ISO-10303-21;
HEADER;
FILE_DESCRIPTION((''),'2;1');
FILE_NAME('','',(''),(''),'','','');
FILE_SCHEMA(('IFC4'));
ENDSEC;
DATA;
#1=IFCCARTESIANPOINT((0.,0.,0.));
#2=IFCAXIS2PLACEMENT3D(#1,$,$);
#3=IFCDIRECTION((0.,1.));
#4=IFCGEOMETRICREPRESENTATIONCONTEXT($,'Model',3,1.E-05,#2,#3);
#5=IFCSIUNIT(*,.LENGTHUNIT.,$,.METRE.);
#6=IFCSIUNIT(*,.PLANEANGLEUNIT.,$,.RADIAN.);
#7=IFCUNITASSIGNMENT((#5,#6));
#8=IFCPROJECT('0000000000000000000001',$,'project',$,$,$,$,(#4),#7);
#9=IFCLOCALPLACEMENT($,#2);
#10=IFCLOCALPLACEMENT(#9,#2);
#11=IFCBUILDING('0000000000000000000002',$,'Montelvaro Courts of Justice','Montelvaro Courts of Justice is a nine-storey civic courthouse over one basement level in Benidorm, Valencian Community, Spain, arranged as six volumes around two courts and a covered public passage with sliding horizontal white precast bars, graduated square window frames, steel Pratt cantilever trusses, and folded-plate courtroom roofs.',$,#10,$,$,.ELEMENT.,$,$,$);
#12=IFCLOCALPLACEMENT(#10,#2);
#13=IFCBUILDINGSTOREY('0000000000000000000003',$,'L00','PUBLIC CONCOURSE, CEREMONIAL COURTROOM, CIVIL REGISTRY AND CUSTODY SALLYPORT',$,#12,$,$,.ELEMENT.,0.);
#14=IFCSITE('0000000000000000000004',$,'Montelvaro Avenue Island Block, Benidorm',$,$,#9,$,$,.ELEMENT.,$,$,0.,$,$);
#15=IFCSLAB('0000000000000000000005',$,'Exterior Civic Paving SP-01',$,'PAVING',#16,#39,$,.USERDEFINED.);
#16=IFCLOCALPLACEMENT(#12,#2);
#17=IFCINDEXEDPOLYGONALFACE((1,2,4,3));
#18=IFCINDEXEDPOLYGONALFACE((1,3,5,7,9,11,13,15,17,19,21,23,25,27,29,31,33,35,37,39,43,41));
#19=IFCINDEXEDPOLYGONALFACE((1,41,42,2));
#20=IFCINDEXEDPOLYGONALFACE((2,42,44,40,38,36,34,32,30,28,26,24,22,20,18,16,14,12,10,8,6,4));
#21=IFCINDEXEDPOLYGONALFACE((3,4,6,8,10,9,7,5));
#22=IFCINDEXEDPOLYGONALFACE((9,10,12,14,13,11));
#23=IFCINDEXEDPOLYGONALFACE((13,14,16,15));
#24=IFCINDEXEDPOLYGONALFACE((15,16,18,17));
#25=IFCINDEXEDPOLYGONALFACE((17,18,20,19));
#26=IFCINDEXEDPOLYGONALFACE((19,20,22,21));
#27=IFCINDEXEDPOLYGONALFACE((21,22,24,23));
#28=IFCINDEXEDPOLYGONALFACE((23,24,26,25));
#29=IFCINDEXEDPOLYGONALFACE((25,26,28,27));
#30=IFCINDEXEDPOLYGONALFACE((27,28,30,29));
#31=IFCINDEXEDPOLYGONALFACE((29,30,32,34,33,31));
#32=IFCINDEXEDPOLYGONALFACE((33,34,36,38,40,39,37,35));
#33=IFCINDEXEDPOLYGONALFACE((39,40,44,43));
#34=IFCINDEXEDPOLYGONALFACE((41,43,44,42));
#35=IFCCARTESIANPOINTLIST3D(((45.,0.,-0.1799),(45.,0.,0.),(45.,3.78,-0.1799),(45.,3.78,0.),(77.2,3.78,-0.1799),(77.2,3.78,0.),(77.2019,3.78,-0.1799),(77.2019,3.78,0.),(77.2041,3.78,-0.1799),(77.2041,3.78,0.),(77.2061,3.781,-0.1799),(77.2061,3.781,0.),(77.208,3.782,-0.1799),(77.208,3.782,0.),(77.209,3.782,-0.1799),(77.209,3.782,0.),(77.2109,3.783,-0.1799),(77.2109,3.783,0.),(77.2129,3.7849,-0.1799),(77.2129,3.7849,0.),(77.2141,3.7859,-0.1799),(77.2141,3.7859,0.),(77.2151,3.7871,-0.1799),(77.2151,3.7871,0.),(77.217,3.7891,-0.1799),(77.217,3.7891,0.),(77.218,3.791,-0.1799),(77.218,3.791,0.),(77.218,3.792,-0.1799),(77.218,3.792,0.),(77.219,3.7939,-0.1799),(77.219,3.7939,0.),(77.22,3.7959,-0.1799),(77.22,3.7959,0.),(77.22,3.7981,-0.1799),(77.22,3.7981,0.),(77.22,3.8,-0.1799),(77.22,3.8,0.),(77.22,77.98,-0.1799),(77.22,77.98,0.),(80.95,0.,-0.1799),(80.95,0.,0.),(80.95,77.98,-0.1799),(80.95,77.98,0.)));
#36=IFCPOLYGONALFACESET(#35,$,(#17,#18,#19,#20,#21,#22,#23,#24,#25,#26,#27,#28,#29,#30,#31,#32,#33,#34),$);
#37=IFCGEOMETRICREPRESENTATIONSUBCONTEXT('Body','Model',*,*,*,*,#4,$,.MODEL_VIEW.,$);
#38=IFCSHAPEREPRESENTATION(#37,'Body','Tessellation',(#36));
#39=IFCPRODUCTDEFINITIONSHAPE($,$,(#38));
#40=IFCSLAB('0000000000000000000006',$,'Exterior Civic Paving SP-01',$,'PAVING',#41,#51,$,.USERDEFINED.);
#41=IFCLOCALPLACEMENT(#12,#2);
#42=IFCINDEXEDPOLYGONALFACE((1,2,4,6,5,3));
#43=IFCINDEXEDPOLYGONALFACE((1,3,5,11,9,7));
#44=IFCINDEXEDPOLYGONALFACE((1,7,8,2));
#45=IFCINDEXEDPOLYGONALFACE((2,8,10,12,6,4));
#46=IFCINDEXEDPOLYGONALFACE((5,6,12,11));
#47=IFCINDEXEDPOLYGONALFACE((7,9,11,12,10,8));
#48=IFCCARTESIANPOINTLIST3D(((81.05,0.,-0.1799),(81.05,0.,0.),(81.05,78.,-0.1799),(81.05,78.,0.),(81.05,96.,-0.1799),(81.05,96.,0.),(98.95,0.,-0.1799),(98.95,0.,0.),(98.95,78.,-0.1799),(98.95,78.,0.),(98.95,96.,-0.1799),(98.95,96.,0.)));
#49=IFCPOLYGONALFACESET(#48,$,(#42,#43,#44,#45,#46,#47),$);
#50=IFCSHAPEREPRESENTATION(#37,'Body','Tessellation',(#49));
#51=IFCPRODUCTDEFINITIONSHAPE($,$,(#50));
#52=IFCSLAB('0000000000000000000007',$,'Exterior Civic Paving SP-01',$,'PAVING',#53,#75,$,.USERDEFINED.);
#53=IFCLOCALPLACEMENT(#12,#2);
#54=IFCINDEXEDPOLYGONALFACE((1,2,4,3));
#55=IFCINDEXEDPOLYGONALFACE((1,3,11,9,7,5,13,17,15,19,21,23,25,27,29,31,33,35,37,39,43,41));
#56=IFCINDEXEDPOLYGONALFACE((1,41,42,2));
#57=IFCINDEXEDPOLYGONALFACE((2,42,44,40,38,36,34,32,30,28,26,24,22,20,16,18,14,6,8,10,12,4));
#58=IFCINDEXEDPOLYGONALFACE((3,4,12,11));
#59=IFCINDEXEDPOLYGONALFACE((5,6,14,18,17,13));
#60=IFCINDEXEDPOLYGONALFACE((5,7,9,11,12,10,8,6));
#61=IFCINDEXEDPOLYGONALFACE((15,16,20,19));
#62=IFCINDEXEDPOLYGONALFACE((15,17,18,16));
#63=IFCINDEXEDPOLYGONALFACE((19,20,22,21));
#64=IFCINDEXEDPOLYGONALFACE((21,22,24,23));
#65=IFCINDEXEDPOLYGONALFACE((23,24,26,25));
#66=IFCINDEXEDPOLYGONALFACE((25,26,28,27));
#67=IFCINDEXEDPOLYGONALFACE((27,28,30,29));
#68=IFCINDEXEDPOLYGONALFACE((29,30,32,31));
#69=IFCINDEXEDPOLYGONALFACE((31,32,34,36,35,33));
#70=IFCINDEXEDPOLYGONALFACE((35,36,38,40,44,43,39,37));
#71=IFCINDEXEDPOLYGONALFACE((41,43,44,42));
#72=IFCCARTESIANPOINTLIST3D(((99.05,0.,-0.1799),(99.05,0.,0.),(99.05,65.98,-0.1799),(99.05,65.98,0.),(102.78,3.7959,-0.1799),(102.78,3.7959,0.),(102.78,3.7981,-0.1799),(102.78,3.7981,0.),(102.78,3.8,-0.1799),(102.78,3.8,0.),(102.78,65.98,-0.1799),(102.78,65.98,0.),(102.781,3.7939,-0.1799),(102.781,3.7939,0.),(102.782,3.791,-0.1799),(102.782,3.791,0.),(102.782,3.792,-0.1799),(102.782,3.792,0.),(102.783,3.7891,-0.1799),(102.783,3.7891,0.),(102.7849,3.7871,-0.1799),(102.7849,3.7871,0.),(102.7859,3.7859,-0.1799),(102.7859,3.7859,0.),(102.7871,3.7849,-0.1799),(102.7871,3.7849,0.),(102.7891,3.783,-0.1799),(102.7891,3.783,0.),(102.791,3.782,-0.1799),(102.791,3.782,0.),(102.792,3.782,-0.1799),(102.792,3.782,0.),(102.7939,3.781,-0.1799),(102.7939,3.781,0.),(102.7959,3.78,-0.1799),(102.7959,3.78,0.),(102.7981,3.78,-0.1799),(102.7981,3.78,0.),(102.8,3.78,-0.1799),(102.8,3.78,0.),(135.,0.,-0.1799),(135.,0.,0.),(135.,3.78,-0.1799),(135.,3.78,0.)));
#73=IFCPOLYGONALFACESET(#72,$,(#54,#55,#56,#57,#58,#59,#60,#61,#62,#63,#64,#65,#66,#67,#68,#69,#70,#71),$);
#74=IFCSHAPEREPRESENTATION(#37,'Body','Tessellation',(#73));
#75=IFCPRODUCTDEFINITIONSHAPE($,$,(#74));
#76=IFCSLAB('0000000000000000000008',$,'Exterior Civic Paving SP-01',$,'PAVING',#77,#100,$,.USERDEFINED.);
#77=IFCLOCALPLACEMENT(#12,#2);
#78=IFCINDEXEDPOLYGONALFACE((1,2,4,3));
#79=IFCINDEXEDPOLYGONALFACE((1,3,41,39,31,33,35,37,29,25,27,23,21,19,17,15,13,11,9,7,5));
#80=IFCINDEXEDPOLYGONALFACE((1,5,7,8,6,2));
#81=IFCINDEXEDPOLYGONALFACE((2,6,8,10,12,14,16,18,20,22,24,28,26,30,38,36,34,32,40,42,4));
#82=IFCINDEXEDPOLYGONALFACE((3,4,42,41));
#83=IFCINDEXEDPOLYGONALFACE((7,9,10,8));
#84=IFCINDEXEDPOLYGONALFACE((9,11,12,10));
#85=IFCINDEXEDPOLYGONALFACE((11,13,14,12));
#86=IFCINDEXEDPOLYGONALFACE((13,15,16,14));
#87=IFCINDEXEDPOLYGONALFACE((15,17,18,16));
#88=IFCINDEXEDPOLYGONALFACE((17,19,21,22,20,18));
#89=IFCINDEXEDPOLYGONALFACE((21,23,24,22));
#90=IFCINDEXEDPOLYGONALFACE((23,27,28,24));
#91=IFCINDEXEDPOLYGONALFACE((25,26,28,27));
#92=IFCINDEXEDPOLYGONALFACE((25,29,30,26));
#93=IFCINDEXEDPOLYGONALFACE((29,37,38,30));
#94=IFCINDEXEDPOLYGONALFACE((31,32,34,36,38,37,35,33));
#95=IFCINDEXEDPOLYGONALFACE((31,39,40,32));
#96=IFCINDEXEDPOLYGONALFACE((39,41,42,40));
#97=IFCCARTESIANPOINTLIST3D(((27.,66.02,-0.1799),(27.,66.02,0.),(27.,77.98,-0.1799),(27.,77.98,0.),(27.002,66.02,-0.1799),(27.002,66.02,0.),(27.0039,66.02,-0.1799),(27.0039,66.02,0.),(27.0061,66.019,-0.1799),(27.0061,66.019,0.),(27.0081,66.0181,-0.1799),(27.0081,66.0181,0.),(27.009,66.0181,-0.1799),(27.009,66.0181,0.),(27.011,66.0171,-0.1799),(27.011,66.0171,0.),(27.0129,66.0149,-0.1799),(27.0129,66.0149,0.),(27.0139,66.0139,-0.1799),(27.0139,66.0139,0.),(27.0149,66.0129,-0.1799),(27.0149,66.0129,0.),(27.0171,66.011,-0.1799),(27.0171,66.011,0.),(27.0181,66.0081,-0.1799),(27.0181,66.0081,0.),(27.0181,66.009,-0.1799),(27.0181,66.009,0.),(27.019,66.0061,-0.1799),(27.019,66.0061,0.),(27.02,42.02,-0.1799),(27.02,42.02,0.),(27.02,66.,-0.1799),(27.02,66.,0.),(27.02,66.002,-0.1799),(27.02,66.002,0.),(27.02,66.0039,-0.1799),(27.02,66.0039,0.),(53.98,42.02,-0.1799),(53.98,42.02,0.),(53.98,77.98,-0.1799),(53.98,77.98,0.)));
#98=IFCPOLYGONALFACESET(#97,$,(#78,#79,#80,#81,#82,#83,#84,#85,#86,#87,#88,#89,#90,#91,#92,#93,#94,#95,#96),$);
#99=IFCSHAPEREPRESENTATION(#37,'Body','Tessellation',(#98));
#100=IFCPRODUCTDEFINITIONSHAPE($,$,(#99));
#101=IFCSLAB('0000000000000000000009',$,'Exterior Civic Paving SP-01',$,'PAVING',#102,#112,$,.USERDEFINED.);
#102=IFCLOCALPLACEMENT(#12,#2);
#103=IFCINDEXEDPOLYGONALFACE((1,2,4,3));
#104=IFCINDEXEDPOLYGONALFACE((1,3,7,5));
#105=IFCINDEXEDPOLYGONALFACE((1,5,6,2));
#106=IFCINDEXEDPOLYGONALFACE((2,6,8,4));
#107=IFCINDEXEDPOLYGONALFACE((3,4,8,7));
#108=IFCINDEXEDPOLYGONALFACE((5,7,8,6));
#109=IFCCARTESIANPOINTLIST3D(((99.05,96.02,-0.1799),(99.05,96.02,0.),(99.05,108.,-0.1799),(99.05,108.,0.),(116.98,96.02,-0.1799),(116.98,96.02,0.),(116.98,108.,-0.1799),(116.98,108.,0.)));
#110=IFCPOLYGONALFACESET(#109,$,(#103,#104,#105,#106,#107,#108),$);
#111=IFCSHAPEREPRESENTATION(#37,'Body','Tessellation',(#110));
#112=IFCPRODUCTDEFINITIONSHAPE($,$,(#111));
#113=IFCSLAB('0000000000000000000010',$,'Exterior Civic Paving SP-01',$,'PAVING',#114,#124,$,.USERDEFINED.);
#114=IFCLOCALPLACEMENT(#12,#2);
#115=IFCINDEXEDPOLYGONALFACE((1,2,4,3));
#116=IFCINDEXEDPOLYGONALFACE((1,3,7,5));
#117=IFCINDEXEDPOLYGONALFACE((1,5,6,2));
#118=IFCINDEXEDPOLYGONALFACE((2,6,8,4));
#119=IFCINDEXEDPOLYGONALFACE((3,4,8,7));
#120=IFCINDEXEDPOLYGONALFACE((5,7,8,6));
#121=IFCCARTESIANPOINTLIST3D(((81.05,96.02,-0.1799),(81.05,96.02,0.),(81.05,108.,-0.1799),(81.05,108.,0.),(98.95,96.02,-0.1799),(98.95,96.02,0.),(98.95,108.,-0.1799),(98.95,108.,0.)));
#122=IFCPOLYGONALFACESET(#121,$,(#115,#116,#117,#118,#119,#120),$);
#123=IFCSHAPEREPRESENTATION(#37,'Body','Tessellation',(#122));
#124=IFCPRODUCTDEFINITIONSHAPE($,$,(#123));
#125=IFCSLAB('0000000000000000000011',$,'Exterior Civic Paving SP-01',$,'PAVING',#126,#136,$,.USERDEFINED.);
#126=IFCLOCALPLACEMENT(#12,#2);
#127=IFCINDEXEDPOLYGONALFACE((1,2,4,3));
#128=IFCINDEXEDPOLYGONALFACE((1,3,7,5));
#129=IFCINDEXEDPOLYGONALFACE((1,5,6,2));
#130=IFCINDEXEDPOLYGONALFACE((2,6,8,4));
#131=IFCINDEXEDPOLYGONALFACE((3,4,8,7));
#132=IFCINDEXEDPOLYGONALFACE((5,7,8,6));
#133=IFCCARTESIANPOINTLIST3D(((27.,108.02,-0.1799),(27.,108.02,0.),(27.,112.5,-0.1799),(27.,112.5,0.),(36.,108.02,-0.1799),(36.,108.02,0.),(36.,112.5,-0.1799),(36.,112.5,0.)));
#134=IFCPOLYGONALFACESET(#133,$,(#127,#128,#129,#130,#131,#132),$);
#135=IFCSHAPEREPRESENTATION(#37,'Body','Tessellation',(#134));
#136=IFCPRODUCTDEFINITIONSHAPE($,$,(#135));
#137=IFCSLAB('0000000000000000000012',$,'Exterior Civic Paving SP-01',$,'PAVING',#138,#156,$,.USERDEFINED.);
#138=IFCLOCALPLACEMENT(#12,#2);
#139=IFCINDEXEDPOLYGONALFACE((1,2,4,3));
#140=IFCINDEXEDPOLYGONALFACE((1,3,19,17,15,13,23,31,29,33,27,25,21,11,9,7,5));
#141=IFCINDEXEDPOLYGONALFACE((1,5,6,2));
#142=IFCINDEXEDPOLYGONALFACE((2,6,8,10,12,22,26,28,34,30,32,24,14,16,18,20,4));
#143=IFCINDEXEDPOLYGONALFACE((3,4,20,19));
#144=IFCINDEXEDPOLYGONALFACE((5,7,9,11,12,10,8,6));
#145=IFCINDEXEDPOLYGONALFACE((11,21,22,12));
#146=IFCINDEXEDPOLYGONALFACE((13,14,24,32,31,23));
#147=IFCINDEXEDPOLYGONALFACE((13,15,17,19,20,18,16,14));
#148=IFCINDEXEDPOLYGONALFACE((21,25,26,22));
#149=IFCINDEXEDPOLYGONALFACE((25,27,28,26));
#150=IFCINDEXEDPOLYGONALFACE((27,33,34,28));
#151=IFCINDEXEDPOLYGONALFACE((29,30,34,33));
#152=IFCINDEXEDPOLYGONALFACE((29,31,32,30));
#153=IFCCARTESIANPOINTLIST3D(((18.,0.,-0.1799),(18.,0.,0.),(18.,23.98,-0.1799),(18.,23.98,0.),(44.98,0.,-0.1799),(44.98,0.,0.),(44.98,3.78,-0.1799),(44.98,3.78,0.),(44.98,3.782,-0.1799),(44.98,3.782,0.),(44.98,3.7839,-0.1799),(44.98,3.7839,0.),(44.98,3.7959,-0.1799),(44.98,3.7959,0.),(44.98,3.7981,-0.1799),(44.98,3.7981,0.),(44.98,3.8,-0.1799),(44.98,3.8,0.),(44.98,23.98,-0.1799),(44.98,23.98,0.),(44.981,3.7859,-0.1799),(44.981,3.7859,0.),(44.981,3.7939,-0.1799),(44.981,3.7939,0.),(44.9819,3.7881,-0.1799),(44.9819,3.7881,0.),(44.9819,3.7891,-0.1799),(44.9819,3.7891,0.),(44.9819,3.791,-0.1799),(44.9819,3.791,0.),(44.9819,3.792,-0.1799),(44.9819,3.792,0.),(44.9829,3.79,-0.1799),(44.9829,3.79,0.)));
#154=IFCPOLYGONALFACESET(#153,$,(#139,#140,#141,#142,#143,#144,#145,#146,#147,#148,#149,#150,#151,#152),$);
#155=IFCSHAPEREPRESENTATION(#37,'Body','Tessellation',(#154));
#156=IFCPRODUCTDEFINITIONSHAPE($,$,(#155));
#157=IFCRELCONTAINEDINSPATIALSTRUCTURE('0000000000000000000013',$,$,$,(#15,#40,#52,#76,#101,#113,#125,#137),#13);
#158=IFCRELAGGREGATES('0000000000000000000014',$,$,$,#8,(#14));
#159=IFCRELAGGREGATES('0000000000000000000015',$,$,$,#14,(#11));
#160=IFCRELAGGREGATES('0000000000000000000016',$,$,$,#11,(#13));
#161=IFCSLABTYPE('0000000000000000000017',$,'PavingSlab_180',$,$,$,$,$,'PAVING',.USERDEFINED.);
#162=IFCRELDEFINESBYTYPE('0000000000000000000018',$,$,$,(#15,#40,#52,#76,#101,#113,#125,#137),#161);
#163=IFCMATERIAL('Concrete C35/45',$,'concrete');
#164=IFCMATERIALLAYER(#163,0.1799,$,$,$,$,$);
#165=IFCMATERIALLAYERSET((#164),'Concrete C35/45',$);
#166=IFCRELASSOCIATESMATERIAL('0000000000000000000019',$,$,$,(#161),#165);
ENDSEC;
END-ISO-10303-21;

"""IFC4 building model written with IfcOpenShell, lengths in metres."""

from ifc_helpers import new_model, si_unit, direction, frame, origin, place, context, subcontext, project, spatial, polyline, outline, extrude, material, layer, layer_set, type_object, element, save


model = new_model("IFC4")

# Units and contexts
model_context = context("Model", 3, precision=1e-05, world=origin(), true_north=direction((0.0, 1.0)))
body_context = subcontext(model_context, "Body", "Model", "MODEL_VIEW")
ifc_project = project(units=[si_unit("LENGTHUNIT", "METRE"), si_unit("PLANEANGLEUNIT", "RADIAN")], contexts=[model_context])

# Site, building, storey
site_placement = place(None, origin())
site = spatial("IfcSite", under=ifc_project, at=site_placement, Name="Montelvaro Avenue Island Block, Benidorm", CompositionType="ELEMENT", RefElevation=0.0)
building_placement = place(site_placement, origin())
building = spatial("IfcBuilding", under=site, at=building_placement, Name="Montelvaro Courts of Justice", Description="Montelvaro Courts of Justice is a nine-storey civic courthouse over one basement level in Benidorm, Valencian Community, Spain, arranged as six volumes around two courts and a covered public passage with sliding horizontal white precast bars, graduated square window frames, steel Pratt cantilever trusses, and folded-plate courtroom roofs.", CompositionType="ELEMENT")
storey_placement = place(building_placement, origin())
storey = spatial("IfcBuildingStorey", under=building, at=storey_placement, Name="L00", Description="PUBLIC CONCOURSE, CEREMONIAL COURTROOM, CIVIL REGISTRY AND CUSTODY SALLYPORT", CompositionType="ELEMENT", Elevation=0.0)

# Slabs
ifc_material_1 = material(Name="Concrete C35/45", Category="concrete")
ifc_layer_1 = layer(ifc_material_1, 0.1799)
ifc_layer_set_1 = layer_set([ifc_layer_1], Name="Concrete C35/45")
slab_type_1 = type_object("IfcSlabType", Name="PavingSlab_180", ElementType="PAVING", PredefinedType="USERDEFINED", material=ifc_layer_set_1)
slab_1_placement = place(storey_placement, frame((0.0, 0.0, -0.1799)))
element("IfcSlab", 1, at=slab_1_placement, inside=storey, type_object=slab_type_1, Name="Exterior Civic Paving SP-01", ObjectType="PAVING", PredefinedType="USERDEFINED", context=body_context, shape_type="SweptSolid", body=[
    extrude(outline(polyline([(45.0, 0.0), (45.0, 3.78), (77.2, 3.78), (77.2019, 3.78), (77.2041, 3.78), (77.2061, 3.781), (77.208, 3.782), (77.209, 3.782), (77.2109, 3.783), (77.2129, 3.7849), (77.2141, 3.7859), (77.2151, 3.7871), (77.217, 3.7891), (77.218, 3.791), (77.218, 3.792), (77.219, 3.7939), (77.22, 3.7959), (77.22, 3.7981), (77.22, 3.8), (77.22, 77.98), (80.95, 77.98), (80.95, 0.0), (45.0, 0.0)])), origin(), (0.0, 0.0, 1.0), 0.1799),
])
slab_2_placement = place(storey_placement, frame((0.0, 0.0, -0.1799)))
element("IfcSlab", 2, at=slab_2_placement, inside=storey, type_object=slab_type_1, Name="Exterior Civic Paving SP-01", ObjectType="PAVING", PredefinedType="USERDEFINED", context=body_context, shape_type="SweptSolid", body=[
    extrude(outline(polyline([(81.05, 0.0), (81.05, 78.0), (81.05, 96.0), (98.95, 96.0), (98.95, 78.0), (98.95, 0.0), (81.05, 0.0)])), origin(), (0.0, 0.0, 1.0), 0.1799),
])
slab_3_placement = place(storey_placement, frame((0.0, 0.0, -0.1799)))
element("IfcSlab", 3, at=slab_3_placement, inside=storey, type_object=slab_type_1, Name="Exterior Civic Paving SP-01", ObjectType="PAVING", PredefinedType="USERDEFINED", context=body_context, shape_type="SweptSolid", body=[
    extrude(outline(polyline([(135.0, 0.0), (99.05, 0.0), (99.05, 65.98), (102.78, 65.98), (102.78, 3.8), (102.78, 3.7981), (102.78, 3.7959), (102.781, 3.7939), (102.782, 3.792), (102.782, 3.791), (102.783, 3.7891), (102.7849, 3.7871), (102.7859, 3.7859), (102.7871, 3.7849), (102.7891, 3.783), (102.791, 3.782), (102.792, 3.782), (102.7939, 3.781), (102.7959, 3.78), (102.7981, 3.78), (102.8, 3.78), (135.0, 3.78), (135.0, 0.0)])), origin(), (0.0, 0.0, 1.0), 0.1799),
])
slab_4_placement = place(storey_placement, frame((0.0, 0.0, -0.1799)))
element("IfcSlab", 4, at=slab_4_placement, inside=storey, type_object=slab_type_1, Name="Exterior Civic Paving SP-01", ObjectType="PAVING", PredefinedType="USERDEFINED", context=body_context, shape_type="SweptSolid", body=[
    extrude(outline(polyline([(27.0, 77.98), (53.98, 77.98), (53.98, 42.02), (27.02, 42.02), (27.02, 66.0), (27.02, 66.002), (27.02, 66.0039), (27.019, 66.0061), (27.0181, 66.0081), (27.0181, 66.009), (27.0171, 66.011), (27.0149, 66.0129), (27.0139, 66.0139), (27.0129, 66.0149), (27.011, 66.0171), (27.009, 66.0181), (27.0081, 66.0181), (27.0061, 66.019), (27.0039, 66.02), (27.002, 66.02), (27.0, 66.02), (27.0, 77.98)])), origin(), (0.0, 0.0, 1.0), 0.1799),
])
slab_5_placement = place(storey_placement, frame((0.0, 0.0, -0.1799)))
element("IfcSlab", 5, at=slab_5_placement, inside=storey, type_object=slab_type_1, Name="Exterior Civic Paving SP-01", ObjectType="PAVING", PredefinedType="USERDEFINED", context=body_context, shape_type="SweptSolid", body=[
    extrude(outline(polyline([(116.98, 108.0), (116.98, 96.02), (99.05, 96.02), (99.05, 108.0), (116.98, 108.0)])), origin(), (0.0, 0.0, 1.0), 0.1799),
])
slab_6_placement = place(storey_placement, frame((0.0, 0.0, -0.1799)))
element("IfcSlab", 6, at=slab_6_placement, inside=storey, type_object=slab_type_1, Name="Exterior Civic Paving SP-01", ObjectType="PAVING", PredefinedType="USERDEFINED", context=body_context, shape_type="SweptSolid", body=[
    extrude(outline(polyline([(98.95, 108.0), (98.95, 96.02), (81.05, 96.02), (81.05, 108.0), (98.95, 108.0)])), origin(), (0.0, 0.0, 1.0), 0.1799),
])
slab_7_placement = place(storey_placement, frame((0.0, 0.0, -0.1799)))
element("IfcSlab", 7, at=slab_7_placement, inside=storey, type_object=slab_type_1, Name="Exterior Civic Paving SP-01", ObjectType="PAVING", PredefinedType="USERDEFINED", context=body_context, shape_type="SweptSolid", body=[
    extrude(outline(polyline([(27.0, 112.5), (36.0, 112.5), (36.0, 108.02), (27.0, 108.02), (27.0, 112.5)])), origin(), (0.0, 0.0, 1.0), 0.1799),
])
slab_8_placement = place(storey_placement, frame((0.0, 0.0, -0.1799)))
element("IfcSlab", 8, at=slab_8_placement, inside=storey, type_object=slab_type_1, Name="Exterior Civic Paving SP-01", ObjectType="PAVING", PredefinedType="USERDEFINED", context=body_context, shape_type="SweptSolid", body=[
    extrude(outline(polyline([(18.0, 0.0), (18.0, 23.98), (44.98, 23.98), (44.98, 3.8), (44.98, 3.7981), (44.98, 3.7959), (44.981, 3.7939), (44.9819, 3.792), (44.9819, 3.791), (44.9829, 3.79), (44.9819, 3.7891), (44.9819, 3.7881), (44.981, 3.7859), (44.98, 3.7839), (44.98, 3.782), (44.98, 3.78), (44.98, 0.0), (18.0, 0.0)])), origin(), (0.0, 0.0, 1.0), 0.1799),
])

save(model, "model.ifc")
